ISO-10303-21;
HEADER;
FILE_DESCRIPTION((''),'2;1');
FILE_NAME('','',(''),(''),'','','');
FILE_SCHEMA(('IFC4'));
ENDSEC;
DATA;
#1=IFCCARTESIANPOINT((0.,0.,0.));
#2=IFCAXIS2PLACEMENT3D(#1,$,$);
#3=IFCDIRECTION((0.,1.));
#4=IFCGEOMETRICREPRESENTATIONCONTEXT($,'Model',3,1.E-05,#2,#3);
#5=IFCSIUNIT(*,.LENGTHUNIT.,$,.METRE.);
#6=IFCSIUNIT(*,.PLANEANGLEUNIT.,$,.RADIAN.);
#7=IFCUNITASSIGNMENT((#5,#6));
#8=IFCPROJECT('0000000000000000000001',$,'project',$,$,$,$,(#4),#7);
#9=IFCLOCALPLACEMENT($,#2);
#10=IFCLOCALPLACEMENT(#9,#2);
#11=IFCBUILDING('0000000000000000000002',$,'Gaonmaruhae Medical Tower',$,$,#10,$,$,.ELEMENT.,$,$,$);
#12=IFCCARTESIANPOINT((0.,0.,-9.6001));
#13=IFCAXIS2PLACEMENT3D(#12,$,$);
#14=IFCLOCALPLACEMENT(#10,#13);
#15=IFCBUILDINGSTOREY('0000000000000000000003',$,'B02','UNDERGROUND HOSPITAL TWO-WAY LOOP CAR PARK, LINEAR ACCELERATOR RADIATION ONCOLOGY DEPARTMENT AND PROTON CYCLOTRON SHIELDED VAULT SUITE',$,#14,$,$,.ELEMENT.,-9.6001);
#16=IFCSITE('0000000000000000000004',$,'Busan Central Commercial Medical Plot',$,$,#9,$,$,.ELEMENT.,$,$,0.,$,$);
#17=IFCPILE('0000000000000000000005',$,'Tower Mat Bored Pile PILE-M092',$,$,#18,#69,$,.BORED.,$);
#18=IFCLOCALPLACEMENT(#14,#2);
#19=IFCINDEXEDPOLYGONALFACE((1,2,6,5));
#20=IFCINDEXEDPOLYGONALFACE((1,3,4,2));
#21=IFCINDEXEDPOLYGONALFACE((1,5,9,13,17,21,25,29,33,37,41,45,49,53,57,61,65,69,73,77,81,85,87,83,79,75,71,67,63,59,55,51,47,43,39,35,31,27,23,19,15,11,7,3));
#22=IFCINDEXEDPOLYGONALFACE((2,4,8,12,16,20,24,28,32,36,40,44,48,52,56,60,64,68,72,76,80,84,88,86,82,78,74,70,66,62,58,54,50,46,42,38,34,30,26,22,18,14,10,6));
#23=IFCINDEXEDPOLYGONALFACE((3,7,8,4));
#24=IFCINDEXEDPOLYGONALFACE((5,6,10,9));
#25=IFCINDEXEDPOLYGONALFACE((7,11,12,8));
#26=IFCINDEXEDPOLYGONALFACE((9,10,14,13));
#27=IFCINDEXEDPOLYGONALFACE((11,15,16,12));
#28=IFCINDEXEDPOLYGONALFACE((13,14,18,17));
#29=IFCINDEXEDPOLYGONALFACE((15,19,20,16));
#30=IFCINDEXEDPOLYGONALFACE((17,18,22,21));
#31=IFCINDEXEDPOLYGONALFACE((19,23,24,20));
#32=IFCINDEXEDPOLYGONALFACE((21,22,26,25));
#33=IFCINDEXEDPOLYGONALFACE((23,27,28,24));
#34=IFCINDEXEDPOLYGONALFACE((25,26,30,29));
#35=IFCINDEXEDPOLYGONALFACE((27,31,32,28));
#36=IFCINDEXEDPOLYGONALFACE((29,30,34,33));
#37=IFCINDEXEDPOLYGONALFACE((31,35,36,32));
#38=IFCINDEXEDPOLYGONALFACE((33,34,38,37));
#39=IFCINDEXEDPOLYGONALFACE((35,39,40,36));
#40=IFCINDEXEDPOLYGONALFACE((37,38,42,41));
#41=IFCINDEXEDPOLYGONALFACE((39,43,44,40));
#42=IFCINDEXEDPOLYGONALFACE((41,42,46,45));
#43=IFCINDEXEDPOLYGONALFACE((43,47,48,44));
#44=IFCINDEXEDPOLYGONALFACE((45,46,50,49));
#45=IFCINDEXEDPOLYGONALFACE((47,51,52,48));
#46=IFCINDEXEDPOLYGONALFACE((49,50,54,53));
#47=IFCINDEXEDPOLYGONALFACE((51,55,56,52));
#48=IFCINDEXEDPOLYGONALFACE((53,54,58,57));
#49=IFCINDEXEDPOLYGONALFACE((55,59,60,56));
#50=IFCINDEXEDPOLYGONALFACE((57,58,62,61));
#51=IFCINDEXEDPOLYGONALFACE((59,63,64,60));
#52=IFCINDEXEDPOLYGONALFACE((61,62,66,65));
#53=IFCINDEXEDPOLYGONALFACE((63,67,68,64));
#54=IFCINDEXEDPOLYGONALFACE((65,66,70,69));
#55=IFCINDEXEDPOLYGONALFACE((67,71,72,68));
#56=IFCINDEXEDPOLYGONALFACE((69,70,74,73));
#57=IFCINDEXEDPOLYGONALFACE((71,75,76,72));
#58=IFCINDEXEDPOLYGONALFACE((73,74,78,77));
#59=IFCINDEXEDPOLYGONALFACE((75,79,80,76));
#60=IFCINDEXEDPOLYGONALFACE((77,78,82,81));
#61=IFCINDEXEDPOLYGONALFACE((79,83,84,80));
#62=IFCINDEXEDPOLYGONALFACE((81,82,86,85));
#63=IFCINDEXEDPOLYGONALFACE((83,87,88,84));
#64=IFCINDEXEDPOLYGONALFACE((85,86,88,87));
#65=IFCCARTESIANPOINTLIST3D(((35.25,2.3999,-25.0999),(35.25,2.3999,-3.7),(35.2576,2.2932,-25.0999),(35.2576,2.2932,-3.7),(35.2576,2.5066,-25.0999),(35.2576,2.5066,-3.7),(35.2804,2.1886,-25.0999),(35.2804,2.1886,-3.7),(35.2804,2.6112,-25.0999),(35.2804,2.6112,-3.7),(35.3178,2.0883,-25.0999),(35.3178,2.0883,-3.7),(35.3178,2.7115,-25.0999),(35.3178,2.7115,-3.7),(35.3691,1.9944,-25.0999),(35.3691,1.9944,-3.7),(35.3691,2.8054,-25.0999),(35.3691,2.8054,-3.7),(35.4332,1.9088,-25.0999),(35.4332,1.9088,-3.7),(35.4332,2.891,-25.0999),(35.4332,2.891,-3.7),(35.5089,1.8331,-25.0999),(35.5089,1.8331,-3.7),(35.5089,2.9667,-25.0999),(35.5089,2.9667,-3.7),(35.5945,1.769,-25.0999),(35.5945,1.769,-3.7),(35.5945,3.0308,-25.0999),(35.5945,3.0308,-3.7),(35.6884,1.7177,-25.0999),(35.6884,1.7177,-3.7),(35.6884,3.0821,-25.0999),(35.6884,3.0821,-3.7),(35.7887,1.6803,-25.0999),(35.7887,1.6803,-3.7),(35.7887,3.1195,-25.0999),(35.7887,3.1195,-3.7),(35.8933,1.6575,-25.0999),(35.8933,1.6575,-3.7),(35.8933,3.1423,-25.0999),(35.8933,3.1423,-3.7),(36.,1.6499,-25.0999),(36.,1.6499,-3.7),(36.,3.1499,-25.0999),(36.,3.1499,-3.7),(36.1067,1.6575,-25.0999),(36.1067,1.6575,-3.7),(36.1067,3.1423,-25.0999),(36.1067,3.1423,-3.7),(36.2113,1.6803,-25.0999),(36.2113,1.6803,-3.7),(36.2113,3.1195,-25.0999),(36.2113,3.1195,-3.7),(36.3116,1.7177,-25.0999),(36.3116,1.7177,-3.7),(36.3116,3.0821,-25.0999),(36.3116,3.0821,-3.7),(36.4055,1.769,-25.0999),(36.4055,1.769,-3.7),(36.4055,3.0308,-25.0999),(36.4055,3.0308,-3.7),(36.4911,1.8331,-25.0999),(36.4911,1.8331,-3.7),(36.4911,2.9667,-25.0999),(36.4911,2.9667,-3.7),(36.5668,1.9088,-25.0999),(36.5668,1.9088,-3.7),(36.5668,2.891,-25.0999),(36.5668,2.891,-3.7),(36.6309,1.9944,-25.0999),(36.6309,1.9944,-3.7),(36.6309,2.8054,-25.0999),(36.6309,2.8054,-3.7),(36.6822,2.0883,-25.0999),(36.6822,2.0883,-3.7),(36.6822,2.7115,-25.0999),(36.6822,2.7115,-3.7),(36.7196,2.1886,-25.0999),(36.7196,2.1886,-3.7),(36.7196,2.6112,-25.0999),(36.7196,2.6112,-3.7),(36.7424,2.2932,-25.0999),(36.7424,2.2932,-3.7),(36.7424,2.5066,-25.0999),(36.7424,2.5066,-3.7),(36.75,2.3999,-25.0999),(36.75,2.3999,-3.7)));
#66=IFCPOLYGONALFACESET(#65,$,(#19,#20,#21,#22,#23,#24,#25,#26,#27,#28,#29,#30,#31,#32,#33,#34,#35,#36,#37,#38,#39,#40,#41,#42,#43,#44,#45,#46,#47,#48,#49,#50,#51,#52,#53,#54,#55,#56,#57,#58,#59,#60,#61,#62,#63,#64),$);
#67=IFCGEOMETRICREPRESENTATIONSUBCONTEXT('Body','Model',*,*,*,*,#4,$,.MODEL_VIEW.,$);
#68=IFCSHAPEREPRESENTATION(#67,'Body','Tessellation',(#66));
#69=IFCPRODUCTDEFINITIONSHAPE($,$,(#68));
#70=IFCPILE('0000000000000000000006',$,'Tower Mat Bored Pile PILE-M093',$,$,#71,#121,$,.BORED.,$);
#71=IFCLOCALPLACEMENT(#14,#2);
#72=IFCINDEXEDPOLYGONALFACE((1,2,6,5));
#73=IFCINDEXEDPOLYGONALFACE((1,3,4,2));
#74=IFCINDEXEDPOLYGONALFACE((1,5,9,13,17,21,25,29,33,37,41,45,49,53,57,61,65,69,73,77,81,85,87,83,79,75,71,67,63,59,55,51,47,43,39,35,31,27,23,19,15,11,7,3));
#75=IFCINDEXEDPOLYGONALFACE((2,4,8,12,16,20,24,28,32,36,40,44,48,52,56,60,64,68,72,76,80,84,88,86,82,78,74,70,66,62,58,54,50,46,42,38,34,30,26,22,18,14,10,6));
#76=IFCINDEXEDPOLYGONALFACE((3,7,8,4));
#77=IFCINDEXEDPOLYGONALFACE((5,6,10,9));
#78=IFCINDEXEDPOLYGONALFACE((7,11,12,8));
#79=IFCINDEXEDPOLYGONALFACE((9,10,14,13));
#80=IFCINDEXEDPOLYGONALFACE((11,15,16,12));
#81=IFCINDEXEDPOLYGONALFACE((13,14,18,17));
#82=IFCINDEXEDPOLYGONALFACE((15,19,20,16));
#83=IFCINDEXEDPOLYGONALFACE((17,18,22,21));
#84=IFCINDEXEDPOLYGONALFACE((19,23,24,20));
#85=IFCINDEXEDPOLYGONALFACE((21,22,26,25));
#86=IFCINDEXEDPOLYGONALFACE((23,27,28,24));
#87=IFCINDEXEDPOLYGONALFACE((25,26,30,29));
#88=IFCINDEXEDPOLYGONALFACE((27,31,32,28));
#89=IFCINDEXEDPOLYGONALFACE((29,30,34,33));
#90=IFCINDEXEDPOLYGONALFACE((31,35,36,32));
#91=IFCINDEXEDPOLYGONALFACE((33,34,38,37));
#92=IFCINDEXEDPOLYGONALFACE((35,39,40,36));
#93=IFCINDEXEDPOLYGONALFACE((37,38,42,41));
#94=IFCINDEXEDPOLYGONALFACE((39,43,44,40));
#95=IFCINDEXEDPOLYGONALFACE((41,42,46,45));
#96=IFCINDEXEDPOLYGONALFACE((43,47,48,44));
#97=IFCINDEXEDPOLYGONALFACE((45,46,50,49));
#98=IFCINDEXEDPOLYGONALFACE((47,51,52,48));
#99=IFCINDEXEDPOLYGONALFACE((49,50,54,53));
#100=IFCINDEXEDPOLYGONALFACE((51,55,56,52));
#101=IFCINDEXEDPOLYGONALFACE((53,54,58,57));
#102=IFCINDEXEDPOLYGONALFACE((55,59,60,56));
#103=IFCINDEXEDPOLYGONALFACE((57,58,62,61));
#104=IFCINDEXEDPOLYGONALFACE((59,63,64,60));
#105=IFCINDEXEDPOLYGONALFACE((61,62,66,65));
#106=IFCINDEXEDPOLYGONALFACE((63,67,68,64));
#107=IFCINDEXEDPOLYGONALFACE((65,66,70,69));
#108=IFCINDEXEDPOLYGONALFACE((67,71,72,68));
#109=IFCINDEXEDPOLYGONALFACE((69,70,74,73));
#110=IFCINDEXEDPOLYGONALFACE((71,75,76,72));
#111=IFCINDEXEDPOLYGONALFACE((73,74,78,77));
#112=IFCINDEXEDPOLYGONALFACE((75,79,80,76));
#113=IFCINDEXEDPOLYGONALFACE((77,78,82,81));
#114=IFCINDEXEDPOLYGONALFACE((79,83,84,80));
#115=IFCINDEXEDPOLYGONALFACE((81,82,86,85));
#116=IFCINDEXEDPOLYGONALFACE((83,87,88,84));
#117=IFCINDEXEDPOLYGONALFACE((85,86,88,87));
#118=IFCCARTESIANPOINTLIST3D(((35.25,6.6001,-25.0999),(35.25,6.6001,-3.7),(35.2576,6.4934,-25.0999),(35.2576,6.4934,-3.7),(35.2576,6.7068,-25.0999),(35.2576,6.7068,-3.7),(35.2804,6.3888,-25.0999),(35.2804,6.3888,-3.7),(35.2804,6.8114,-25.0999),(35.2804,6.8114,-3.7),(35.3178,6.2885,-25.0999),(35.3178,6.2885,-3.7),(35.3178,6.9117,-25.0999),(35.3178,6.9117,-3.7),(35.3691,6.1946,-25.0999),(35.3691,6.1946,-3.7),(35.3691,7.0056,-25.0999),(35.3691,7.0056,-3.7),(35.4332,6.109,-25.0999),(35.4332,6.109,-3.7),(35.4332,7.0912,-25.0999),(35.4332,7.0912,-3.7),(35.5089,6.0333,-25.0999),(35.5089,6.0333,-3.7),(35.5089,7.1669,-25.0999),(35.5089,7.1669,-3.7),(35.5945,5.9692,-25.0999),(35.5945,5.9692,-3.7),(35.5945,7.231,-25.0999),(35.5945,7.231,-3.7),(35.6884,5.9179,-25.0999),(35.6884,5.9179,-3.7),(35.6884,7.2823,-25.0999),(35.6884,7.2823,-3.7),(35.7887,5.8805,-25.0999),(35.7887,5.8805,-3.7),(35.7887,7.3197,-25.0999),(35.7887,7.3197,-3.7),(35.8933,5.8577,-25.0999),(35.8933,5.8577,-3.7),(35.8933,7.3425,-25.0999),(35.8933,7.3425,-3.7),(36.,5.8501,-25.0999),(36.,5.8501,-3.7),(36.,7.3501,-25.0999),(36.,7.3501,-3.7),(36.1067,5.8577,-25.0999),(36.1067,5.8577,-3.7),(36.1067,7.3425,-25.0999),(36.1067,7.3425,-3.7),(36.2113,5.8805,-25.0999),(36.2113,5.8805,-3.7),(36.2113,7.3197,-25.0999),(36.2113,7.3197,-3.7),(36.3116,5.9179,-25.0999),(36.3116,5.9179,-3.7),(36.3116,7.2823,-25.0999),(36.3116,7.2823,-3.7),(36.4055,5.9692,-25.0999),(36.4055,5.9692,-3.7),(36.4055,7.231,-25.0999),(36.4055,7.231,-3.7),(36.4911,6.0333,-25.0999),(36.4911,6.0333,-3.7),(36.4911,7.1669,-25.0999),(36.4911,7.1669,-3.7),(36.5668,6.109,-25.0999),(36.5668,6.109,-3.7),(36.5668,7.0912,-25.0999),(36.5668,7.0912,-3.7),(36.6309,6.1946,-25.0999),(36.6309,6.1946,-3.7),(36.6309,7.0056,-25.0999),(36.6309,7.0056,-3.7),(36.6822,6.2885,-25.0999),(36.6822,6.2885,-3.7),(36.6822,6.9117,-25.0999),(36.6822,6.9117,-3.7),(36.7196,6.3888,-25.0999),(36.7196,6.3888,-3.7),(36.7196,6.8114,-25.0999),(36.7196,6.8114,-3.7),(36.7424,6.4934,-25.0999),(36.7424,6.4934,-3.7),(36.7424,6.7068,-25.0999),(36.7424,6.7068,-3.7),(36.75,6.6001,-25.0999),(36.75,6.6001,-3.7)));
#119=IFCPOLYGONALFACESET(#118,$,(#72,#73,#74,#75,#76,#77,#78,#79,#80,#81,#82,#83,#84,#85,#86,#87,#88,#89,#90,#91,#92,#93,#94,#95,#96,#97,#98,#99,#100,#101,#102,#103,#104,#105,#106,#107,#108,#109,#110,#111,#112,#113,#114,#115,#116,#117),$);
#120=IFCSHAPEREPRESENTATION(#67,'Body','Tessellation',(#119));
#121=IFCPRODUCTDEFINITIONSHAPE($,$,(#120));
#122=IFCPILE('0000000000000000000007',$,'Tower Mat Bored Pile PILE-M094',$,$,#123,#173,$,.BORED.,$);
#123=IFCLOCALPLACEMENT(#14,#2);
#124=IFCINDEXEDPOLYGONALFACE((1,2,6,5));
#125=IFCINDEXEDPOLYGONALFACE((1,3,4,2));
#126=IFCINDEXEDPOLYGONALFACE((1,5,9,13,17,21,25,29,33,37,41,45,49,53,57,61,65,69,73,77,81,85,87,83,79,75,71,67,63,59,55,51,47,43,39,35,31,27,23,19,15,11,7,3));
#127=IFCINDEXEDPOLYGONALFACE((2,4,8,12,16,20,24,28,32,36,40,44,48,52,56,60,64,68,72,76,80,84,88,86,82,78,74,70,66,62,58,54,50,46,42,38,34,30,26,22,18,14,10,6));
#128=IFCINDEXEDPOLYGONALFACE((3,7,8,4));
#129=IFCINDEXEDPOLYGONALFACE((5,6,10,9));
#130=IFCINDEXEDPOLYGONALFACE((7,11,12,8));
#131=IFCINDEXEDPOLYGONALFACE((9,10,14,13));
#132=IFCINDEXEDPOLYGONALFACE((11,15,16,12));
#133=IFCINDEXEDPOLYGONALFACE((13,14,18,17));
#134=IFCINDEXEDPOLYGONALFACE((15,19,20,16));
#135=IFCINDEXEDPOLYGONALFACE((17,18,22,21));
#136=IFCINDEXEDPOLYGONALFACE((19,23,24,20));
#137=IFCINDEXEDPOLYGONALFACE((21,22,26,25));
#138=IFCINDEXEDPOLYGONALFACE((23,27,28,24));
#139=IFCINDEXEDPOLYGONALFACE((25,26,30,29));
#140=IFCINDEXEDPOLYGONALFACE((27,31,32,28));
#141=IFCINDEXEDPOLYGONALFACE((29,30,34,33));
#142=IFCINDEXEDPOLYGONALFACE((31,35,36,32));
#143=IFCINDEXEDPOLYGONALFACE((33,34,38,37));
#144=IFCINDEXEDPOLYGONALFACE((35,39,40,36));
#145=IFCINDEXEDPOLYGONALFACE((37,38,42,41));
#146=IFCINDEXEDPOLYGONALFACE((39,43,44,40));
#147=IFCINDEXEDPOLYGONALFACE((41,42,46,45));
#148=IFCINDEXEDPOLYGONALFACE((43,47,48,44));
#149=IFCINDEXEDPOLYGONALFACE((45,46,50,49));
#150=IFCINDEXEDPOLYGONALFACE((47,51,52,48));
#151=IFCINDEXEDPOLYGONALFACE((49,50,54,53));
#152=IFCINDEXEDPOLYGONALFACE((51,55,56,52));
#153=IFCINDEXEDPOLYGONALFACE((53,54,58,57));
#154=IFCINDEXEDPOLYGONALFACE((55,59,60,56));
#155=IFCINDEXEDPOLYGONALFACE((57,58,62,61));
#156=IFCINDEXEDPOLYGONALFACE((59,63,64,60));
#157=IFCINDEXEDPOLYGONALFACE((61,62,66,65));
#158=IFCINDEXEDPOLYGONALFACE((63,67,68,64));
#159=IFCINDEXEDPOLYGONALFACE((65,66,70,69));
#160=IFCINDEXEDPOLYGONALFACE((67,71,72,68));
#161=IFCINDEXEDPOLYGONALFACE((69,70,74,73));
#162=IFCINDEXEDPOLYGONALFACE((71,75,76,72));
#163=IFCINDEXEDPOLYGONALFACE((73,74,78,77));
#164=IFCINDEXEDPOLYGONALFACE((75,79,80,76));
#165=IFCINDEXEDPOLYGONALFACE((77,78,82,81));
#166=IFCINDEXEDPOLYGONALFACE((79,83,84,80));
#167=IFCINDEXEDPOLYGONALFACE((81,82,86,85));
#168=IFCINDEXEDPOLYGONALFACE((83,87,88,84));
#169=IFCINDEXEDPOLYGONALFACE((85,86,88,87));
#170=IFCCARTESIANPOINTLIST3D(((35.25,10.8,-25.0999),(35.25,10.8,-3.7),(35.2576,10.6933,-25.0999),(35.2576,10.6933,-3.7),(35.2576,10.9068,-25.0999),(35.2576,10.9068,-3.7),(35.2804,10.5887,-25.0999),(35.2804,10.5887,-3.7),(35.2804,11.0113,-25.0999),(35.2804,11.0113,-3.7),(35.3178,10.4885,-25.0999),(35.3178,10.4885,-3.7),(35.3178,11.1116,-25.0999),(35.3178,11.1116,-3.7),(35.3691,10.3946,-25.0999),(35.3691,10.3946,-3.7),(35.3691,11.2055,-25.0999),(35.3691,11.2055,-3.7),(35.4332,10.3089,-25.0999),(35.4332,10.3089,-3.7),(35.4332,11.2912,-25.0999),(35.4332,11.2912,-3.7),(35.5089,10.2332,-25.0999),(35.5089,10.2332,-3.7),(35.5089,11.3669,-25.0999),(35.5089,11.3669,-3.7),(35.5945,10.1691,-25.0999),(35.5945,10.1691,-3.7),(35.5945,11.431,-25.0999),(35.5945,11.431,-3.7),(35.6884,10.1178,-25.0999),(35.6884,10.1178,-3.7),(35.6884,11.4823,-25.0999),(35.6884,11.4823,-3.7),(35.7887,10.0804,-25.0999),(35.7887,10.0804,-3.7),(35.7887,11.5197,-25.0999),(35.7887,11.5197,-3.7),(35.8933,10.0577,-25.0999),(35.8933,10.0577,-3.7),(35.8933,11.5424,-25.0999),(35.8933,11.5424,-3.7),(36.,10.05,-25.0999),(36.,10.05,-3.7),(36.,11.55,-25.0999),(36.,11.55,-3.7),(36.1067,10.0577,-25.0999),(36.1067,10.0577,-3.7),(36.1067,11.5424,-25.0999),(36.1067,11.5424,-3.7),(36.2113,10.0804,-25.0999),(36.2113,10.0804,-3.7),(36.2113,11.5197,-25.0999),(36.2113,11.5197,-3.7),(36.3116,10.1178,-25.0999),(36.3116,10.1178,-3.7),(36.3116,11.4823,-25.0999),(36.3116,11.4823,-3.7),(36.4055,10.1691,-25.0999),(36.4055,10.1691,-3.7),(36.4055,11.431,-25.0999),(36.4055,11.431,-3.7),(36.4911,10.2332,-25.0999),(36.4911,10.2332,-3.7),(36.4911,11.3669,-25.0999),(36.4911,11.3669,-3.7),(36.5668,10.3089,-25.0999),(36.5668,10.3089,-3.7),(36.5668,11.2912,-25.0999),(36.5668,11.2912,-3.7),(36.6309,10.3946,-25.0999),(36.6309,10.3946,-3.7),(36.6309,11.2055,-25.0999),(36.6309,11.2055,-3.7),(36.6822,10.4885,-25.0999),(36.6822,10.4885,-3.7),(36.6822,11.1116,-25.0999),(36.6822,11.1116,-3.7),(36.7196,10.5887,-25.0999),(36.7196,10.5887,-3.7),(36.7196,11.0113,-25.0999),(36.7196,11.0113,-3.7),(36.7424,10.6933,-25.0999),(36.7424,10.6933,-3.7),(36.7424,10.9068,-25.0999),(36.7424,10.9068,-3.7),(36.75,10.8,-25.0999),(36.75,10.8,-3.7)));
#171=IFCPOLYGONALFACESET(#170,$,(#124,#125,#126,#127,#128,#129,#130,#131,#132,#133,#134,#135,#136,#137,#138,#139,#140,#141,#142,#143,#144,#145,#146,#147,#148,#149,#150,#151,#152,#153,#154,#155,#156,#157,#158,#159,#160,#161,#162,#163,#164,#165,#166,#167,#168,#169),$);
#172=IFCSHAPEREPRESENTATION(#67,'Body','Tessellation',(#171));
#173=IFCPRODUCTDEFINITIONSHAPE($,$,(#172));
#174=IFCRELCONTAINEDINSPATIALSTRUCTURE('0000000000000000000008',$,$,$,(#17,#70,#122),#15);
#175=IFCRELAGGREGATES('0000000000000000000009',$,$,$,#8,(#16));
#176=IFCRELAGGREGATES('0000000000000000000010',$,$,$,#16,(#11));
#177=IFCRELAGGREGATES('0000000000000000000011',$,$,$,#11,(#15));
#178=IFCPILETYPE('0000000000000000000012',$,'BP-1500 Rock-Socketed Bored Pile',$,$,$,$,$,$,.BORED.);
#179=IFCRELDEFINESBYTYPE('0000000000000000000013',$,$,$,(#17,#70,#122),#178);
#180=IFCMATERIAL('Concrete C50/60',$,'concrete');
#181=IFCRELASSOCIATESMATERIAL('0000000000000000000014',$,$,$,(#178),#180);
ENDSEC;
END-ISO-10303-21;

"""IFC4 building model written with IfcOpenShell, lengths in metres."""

from ifc_helpers import new_model, si_unit, direction, frame, origin, origin_2d, place, context, subcontext, project, spatial, circle, extrude, material, material_profile, profile_set, type_object, element, save


model = new_model("IFC4")

# Units and contexts
model_context = context("Model", 3, precision=1e-05, world=origin(), true_north=direction((0.0, 1.0)))
body_context = subcontext(model_context, "Body", "Model", "MODEL_VIEW")
ifc_project = project(units=[si_unit("LENGTHUNIT", "METRE"), si_unit("PLANEANGLEUNIT", "RADIAN")], contexts=[model_context])

# Site, building, storey
site_placement = place(None, origin())
site = spatial("IfcSite", under=ifc_project, at=site_placement, Name="Busan Central Commercial Medical Plot", CompositionType="ELEMENT", RefElevation=0.0)
building_placement = place(site_placement, origin())
building = spatial("IfcBuilding", under=site, at=building_placement, Name="Gaonmaruhae Medical Tower", CompositionType="ELEMENT")
storey_placement = place(building_placement, frame((0.0, 0.0, -9.6001)))
storey = spatial("IfcBuildingStorey", under=building, at=storey_placement, Name="B02", Description="UNDERGROUND HOSPITAL TWO-WAY LOOP CAR PARK, LINEAR ACCELERATOR RADIATION ONCOLOGY DEPARTMENT AND PROTON CYCLOTRON SHIELDED VAULT SUITE", CompositionType="ELEMENT", Elevation=-9.6001)

# Piles
ifc_material_1 = material(Name="Concrete C50/60", Category="concrete")
ifc_material_profile_1 = material_profile(ifc_material_1, circle(Radius=0.75, at=origin_2d()), Name="PILE-D1500")
ifc_profile_set_1 = profile_set([ifc_material_profile_1], Name="Concrete C50/60")
pile_type = type_object("IfcPileType", Name="BP-1500 Rock-Socketed Bored Pile", PredefinedType="BORED", material=ifc_profile_set_1)
for number, where, z_axis, x_axis, name in (
    (1, (36.0, 2.3999, -3.7), (0.0, 0.0, -1.0), (1.0, 0.0, 0.0), "Tower Mat Bored Pile PILE-M092"),
    (2, (36.0, 6.6001, -3.7), (0.0, 0.0, -1.0), (1.0, 0.0, 0.0), "Tower Mat Bored Pile PILE-M093"),
    (3, (36.0, 10.8, -3.7), (0.0, 0.0, -1.0), (1.0, 0.0, 0.0), "Tower Mat Bored Pile PILE-M094"),
):
    element("IfcPile", number, at=place(storey_placement, frame(where, z_axis=z_axis, x_axis=x_axis)), inside=storey, type_object=pile_type, Name=name, PredefinedType="BORED", context=body_context, shape_type="SweptSolid", body=[
        extrude(circle(Radius=0.75, at=origin_2d()), origin(), (0.0, 0.0, 1.0), 21.3999),
    ])

save(model, "model.ifc")
